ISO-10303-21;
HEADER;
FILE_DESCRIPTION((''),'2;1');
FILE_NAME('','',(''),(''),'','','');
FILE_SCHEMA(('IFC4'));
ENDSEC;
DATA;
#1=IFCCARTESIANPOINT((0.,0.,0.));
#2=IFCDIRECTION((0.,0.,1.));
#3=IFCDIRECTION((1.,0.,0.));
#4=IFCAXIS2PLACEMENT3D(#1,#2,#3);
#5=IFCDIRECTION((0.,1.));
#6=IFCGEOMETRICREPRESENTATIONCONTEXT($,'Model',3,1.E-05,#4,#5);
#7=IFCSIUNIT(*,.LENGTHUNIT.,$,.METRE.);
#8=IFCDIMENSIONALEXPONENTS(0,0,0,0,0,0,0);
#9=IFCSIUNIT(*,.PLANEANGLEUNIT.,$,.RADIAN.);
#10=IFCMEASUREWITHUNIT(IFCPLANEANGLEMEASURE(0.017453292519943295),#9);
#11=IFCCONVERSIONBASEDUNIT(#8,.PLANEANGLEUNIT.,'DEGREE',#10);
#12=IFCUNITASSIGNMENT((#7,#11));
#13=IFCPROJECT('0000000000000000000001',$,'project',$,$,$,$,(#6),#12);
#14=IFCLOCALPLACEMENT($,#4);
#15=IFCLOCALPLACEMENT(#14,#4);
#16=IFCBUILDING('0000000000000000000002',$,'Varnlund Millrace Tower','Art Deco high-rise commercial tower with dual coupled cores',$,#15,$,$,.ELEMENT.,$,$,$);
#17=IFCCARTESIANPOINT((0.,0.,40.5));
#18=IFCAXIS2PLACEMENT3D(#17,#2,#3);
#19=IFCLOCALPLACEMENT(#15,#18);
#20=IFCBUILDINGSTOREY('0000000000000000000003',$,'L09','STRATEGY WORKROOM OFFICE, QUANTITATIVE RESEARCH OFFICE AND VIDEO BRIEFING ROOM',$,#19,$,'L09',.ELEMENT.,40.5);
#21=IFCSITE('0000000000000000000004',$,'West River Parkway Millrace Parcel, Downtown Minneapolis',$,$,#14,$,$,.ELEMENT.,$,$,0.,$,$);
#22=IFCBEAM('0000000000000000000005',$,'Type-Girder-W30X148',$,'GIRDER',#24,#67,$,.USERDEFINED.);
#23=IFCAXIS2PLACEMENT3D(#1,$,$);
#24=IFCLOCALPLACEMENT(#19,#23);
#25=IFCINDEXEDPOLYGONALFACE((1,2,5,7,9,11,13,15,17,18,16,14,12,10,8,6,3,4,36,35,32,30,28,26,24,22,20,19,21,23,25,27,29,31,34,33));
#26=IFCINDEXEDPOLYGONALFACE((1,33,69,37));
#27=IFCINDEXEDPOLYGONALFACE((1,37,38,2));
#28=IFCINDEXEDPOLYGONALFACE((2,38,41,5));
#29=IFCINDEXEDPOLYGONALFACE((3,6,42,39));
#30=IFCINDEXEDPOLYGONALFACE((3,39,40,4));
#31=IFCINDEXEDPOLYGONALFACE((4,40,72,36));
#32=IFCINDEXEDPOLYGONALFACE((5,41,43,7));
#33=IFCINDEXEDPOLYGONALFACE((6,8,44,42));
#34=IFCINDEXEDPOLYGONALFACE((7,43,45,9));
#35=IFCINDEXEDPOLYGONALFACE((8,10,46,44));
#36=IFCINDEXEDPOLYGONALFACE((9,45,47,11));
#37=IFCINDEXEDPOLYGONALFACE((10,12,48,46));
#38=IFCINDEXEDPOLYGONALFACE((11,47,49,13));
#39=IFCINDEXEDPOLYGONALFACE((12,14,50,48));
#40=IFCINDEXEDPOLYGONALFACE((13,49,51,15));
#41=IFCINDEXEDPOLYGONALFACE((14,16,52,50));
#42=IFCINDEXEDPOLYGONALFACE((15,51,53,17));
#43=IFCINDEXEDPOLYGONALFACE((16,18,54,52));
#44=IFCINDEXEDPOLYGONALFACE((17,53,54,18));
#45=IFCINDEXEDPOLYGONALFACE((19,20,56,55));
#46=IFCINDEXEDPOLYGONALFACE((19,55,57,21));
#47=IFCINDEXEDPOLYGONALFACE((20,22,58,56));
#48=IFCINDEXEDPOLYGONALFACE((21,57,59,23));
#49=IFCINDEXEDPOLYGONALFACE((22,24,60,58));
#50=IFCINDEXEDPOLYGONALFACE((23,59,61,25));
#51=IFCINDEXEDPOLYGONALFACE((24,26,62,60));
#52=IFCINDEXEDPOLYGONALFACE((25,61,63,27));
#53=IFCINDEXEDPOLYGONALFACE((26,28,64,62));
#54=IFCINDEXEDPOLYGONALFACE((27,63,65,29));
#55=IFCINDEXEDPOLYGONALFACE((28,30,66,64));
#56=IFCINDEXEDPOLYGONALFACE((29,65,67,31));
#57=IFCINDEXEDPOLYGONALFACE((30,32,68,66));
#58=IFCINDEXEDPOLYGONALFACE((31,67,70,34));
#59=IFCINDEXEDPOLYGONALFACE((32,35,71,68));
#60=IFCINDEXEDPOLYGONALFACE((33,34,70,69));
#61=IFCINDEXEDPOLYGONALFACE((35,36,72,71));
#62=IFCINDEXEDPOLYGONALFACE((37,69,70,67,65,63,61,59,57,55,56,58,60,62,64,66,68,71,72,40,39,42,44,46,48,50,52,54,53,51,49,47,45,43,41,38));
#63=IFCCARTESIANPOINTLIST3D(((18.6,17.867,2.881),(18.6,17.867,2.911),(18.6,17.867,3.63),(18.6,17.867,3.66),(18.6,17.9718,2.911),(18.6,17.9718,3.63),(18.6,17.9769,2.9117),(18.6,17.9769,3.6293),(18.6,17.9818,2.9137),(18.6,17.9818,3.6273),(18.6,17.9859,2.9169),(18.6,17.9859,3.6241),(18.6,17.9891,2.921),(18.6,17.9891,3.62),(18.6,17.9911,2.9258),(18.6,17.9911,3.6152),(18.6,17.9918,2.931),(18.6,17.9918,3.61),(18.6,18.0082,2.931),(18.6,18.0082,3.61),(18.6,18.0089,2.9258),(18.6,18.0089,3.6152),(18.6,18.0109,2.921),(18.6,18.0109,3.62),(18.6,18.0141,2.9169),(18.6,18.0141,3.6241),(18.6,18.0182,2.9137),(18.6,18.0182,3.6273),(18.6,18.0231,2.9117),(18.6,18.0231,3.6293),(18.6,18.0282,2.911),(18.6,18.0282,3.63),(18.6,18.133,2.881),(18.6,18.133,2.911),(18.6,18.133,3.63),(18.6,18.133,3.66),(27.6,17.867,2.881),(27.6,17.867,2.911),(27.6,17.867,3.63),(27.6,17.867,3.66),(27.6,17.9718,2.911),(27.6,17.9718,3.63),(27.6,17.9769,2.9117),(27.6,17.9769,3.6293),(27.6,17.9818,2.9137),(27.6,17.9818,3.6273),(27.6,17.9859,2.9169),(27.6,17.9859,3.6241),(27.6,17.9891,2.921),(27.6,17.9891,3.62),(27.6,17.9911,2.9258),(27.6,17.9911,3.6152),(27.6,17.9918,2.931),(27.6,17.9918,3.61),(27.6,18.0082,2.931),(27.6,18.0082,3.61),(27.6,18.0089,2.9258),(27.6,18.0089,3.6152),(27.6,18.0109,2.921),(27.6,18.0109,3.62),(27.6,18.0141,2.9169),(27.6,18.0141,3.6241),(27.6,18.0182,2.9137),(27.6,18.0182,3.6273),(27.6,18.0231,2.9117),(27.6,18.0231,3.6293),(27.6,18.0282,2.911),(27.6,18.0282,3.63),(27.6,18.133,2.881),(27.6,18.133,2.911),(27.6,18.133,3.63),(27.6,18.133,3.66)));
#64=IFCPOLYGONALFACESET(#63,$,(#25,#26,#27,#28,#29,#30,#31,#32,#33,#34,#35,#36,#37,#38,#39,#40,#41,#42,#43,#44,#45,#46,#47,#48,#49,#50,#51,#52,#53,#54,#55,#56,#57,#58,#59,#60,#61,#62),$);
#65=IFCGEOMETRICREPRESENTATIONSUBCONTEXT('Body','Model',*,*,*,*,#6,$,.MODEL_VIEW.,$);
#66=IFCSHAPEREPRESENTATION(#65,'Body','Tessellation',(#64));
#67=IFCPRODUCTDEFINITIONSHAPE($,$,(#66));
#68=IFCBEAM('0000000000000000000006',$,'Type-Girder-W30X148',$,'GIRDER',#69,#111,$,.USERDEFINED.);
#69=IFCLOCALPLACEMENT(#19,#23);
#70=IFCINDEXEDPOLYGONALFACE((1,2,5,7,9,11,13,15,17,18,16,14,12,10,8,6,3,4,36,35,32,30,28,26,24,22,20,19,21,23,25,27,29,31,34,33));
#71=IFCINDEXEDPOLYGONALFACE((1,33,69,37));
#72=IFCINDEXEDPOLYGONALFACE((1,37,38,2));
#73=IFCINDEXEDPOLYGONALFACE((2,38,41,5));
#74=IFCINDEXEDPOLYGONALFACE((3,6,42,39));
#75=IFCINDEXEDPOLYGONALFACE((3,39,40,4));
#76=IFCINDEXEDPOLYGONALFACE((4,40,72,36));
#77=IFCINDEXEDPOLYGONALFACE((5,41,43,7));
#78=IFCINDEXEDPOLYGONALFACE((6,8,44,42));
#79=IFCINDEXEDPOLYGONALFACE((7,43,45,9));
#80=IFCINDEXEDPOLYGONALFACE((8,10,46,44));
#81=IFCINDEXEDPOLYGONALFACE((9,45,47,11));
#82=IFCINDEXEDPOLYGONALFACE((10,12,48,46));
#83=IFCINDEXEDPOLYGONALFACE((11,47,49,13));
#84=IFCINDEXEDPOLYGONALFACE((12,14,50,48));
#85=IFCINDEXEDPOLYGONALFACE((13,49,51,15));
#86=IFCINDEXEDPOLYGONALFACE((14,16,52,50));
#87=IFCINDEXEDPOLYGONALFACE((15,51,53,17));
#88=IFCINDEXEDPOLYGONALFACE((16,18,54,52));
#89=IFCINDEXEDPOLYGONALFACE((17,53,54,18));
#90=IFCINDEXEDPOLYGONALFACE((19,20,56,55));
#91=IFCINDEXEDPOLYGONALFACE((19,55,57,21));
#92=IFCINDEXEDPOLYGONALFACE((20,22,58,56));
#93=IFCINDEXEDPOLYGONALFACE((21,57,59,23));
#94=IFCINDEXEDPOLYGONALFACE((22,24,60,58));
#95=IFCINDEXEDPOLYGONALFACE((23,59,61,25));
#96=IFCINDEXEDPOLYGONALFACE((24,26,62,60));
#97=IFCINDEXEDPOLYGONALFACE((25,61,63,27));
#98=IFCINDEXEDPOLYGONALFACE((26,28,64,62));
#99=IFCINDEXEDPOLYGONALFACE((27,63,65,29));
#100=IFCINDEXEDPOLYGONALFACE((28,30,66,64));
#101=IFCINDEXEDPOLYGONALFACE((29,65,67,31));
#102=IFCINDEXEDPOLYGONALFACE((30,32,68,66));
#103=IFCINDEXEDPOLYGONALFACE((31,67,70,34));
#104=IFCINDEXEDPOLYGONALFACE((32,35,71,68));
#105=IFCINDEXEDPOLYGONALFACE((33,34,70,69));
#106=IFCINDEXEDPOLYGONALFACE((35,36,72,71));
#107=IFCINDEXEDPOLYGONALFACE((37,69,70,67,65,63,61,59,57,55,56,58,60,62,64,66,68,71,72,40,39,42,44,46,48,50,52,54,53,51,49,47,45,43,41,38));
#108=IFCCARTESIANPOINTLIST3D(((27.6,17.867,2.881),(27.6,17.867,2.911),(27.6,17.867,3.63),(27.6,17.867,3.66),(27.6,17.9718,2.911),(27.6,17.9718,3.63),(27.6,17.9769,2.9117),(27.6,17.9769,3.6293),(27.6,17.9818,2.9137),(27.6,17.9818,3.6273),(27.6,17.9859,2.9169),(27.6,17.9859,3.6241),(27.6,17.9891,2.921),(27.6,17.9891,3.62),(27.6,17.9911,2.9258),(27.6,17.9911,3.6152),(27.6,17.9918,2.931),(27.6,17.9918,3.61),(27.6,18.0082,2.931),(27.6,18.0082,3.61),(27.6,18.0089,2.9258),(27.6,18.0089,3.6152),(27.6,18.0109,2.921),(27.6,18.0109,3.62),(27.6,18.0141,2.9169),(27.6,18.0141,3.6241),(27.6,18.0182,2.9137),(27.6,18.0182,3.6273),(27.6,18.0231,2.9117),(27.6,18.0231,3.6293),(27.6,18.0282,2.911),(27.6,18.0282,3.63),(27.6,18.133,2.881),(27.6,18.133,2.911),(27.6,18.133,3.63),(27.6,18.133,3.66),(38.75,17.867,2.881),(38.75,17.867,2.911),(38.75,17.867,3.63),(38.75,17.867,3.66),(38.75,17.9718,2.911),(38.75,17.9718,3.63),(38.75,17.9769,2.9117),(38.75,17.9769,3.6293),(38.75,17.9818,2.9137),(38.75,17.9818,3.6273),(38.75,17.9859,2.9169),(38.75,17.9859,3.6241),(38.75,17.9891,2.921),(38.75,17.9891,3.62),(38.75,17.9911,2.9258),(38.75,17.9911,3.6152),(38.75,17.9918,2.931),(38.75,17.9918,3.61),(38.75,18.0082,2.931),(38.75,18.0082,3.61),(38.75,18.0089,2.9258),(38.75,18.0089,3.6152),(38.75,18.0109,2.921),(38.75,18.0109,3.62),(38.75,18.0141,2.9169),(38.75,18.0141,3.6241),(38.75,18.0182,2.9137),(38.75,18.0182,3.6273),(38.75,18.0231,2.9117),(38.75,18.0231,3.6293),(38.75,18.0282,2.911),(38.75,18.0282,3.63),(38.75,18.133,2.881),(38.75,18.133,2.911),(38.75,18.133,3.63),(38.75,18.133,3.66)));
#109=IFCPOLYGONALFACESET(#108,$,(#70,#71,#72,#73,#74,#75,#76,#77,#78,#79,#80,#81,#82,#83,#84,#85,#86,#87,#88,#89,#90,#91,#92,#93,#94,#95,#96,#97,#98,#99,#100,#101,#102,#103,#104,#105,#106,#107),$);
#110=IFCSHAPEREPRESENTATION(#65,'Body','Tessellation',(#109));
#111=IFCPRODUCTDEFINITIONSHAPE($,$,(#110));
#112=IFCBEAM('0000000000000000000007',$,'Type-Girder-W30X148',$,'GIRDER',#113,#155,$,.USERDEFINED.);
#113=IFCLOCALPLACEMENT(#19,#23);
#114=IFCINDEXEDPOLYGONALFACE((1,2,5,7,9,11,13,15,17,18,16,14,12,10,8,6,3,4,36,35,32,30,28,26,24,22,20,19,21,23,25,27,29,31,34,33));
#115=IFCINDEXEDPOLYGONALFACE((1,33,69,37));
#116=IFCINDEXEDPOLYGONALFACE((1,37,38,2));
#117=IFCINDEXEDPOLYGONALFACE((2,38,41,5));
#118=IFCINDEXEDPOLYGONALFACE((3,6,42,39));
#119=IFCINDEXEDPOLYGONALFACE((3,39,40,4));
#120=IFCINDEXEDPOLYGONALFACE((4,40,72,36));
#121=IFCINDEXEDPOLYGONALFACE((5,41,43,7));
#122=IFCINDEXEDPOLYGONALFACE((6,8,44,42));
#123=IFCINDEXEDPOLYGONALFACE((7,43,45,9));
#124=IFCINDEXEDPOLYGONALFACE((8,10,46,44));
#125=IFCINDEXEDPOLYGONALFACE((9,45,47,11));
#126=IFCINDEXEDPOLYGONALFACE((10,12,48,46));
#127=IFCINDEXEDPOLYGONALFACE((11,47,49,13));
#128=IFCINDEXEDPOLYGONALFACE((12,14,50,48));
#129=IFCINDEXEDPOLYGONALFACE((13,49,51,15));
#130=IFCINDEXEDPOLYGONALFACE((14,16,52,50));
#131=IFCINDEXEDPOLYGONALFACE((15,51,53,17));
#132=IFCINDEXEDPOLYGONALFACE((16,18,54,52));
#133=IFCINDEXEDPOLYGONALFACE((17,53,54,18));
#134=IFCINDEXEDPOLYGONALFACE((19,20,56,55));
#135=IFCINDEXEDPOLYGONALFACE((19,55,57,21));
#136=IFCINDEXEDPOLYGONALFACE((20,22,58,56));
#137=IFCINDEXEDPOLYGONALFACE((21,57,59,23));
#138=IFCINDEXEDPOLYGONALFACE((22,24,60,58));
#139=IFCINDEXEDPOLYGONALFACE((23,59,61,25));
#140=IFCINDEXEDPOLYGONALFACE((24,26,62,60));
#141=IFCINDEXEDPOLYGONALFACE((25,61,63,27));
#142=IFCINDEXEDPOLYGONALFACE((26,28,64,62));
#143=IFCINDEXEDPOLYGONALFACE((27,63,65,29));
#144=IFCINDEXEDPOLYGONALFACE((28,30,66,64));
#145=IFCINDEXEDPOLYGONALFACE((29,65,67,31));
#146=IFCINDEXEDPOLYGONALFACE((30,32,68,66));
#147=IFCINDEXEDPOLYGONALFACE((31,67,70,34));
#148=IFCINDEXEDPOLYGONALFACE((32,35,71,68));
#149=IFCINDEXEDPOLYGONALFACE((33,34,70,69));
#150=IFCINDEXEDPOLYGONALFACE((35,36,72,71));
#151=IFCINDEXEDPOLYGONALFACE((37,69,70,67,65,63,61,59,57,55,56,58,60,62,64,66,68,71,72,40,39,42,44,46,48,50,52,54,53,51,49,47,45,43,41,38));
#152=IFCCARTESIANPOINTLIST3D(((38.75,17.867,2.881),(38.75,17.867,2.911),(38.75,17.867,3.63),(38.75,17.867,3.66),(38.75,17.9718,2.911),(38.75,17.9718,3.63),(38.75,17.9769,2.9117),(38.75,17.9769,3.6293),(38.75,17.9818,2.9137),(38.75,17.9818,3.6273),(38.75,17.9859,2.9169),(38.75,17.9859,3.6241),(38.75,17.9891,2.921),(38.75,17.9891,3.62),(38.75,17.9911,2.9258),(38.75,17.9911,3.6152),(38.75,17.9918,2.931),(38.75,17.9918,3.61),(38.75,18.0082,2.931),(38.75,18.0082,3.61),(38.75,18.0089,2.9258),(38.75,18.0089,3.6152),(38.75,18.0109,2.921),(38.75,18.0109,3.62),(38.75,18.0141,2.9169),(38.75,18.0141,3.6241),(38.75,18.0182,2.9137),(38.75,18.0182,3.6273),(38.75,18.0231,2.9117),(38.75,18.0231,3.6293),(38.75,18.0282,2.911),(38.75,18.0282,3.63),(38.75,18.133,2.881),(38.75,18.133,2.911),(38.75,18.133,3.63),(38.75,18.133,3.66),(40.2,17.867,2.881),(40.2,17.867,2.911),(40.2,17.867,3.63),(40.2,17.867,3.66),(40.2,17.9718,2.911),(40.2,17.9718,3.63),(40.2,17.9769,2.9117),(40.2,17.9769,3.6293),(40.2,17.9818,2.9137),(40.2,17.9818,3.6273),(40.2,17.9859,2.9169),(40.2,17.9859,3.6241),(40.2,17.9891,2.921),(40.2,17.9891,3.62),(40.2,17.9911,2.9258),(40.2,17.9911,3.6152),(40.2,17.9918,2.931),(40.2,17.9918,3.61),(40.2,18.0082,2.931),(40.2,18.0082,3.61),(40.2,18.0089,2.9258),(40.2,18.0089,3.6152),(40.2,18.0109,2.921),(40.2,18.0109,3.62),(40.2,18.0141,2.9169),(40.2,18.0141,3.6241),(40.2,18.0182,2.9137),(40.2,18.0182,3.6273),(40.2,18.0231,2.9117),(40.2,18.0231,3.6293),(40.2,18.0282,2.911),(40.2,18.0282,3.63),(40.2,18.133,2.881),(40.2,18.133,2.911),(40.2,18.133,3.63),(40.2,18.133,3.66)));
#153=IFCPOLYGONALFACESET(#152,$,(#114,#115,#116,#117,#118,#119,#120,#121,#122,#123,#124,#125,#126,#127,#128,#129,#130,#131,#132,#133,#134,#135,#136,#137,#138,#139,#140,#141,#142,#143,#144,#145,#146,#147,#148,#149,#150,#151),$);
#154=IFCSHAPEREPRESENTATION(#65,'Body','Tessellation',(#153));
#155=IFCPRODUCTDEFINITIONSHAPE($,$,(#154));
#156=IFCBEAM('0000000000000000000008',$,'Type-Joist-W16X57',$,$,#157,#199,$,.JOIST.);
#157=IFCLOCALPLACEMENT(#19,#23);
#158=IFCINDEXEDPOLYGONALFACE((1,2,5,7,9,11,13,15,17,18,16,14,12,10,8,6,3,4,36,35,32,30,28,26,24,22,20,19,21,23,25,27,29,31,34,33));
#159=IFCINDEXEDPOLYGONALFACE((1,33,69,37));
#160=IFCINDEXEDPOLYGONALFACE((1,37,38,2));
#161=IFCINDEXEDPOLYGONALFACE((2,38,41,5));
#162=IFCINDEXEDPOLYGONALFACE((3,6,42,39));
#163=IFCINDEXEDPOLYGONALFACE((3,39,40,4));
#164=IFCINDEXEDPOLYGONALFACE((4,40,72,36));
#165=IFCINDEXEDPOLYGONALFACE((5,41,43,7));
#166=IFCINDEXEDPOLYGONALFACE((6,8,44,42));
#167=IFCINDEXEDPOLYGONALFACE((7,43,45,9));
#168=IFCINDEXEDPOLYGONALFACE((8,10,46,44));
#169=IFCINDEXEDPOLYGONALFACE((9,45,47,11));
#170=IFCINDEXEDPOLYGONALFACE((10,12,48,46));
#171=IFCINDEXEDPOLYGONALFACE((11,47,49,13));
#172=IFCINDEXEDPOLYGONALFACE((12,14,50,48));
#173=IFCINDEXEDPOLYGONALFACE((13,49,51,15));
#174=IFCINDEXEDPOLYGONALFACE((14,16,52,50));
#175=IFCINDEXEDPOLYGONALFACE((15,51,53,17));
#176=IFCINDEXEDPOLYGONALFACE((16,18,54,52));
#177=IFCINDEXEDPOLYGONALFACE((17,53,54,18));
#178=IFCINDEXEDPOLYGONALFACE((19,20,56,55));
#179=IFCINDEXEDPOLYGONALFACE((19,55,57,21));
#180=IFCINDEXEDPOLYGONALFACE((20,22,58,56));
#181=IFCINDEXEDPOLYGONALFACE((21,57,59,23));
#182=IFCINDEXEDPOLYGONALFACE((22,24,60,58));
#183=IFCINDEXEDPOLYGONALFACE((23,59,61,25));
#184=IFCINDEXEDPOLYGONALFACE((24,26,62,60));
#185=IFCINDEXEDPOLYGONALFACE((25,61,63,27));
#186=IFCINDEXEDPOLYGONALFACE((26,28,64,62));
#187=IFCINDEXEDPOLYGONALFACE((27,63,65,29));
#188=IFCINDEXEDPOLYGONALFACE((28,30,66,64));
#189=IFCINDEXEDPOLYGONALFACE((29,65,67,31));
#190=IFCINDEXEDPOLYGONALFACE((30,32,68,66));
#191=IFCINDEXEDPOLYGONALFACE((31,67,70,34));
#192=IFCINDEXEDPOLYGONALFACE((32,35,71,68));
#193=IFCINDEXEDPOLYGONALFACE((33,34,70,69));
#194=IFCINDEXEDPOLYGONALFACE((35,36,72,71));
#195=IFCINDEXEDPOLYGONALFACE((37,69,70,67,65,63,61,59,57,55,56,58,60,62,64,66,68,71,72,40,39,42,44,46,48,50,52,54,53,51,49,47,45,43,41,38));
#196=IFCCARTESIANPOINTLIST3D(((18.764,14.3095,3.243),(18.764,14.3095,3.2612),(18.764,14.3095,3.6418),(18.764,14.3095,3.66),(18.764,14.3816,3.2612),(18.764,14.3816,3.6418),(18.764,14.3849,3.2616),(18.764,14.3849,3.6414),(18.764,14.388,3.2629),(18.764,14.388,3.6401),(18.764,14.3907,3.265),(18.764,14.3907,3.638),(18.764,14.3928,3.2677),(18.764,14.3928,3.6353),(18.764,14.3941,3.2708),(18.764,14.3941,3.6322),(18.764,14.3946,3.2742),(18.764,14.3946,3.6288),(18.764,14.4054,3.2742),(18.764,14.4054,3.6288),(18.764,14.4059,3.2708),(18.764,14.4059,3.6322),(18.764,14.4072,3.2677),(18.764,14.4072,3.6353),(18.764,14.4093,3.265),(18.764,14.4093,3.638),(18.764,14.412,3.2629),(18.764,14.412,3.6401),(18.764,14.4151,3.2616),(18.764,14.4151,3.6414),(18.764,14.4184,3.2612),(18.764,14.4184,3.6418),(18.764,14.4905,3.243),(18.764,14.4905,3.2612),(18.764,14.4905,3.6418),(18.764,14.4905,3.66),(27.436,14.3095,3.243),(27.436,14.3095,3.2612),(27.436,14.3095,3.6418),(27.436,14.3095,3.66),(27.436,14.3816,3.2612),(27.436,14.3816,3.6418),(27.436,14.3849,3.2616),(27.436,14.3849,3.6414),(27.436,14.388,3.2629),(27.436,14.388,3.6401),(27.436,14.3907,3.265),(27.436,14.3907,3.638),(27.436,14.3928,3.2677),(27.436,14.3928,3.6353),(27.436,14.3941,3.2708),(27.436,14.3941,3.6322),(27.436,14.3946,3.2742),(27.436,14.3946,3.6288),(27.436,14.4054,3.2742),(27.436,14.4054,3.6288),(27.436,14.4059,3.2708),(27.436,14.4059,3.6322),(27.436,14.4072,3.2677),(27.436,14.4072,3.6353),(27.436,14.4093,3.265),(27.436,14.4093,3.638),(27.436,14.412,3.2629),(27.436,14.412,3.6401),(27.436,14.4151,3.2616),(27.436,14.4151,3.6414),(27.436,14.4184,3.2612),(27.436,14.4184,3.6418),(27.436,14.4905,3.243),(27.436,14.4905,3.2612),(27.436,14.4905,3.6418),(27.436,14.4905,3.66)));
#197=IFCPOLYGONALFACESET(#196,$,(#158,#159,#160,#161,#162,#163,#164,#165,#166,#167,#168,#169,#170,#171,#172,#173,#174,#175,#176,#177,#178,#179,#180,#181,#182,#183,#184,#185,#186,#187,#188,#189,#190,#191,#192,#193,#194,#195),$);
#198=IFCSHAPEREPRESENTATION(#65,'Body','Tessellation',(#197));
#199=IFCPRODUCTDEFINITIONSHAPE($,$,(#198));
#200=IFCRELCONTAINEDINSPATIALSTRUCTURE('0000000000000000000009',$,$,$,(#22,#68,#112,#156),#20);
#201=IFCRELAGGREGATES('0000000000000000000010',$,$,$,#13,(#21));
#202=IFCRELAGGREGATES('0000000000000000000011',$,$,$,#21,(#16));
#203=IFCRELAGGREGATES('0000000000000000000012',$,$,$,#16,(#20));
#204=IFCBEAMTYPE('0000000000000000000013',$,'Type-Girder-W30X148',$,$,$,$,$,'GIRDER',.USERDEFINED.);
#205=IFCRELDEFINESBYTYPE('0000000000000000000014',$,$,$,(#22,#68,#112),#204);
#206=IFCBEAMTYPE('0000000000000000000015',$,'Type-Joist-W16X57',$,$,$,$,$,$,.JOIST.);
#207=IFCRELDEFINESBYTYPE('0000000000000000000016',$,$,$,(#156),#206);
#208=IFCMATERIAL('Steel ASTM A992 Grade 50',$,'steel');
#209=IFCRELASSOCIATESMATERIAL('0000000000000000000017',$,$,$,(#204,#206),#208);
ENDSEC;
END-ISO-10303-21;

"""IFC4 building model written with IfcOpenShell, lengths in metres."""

from ifc_helpers import new_model, entity, si_unit, converted_unit, direction, frame, origin_with_axes, origin_2d_with_axis, place, context, subcontext, project, spatial, i_section, extrude, material, material_profile, profile_set, type_object, element, save


model = new_model("IFC4")

# Units and contexts
model_context = context("Model", 3, precision=1e-05, world=origin_with_axes(), true_north=direction((0.0, 1.0)))
body_context = subcontext(model_context, "Body", "Model", "MODEL_VIEW")
ifc_project = project(units=[si_unit("LENGTHUNIT", "METRE"), converted_unit("PLANEANGLEUNIT", "DEGREE", entity("IfcPlaneAngleMeasure", 0.017453292519943295), si_unit("PLANEANGLEUNIT", "RADIAN"), dimensions=[0, 0, 0, 0, 0, 0, 0])], contexts=[model_context])

# Site, building, storey
site_placement = place(None, origin_with_axes())
site = spatial("IfcSite", under=ifc_project, at=site_placement, Name="West River Parkway Millrace Parcel, Downtown Minneapolis", CompositionType="ELEMENT", RefElevation=0.0)
building_placement = place(site_placement, origin_with_axes())
building = spatial("IfcBuilding", under=site, at=building_placement, Name="Varnlund Millrace Tower", Description="Art Deco high-rise commercial tower with dual coupled cores", CompositionType="ELEMENT")
storey_placement = place(building_placement, frame((0.0, 0.0, 40.5), z_axis=(0.0, 0.0, 1.0), x_axis=(1.0, 0.0, 0.0)))
storey = spatial("IfcBuildingStorey", under=building, at=storey_placement, Name="L09", Description="STRATEGY WORKROOM OFFICE, QUANTITATIVE RESEARCH OFFICE AND VIDEO BRIEFING ROOM", LongName="L09", CompositionType="ELEMENT", Elevation=40.5)

# Beams
ifc_material_1 = material(Name="Steel ASTM A992 Grade 50", Category="steel")
ifc_material_profile_1 = material_profile(ifc_material_1, i_section(OverallWidth=0.266, OverallDepth=0.779, WebThickness=0.0165, FlangeThickness=0.03, FilletRadius=0.02, at=origin_2d_with_axis()), Name="Steel ASTM A992 Grade 50")
ifc_profile_set_1 = profile_set([ifc_material_profile_1], Name="Steel ASTM A992 Grade 50")
beam_type_1 = type_object("IfcBeamType", Name="Type-Girder-W30X148", ElementType="GIRDER", PredefinedType="USERDEFINED", material=ifc_profile_set_1)
beam_1_placement = place(storey_placement, frame((18.6, 18.0, 3.2705), z_axis=(1.0, 0.0, 0.0), x_axis=(0.0, 1.0, 0.0)))
element("IfcBeam", 1, at=beam_1_placement, inside=storey, type_object=beam_type_1, Name="Type-Girder-W30X148", ObjectType="GIRDER", PredefinedType="USERDEFINED", context=body_context, shape_type="SweptSolid", body=[
    extrude(i_section(OverallWidth=0.266, OverallDepth=0.779, WebThickness=0.0165, FlangeThickness=0.03, FilletRadius=0.02, at=origin_2d_with_axis()), origin_with_axes(), (0.0, 0.0, 1.0), 9.0),
])
beam_2_placement = place(storey_placement, frame((27.6, 18.0, 3.2705), z_axis=(1.0, 0.0, 0.0), x_axis=(0.0, 1.0, 0.0)))
element("IfcBeam", 2, at=beam_2_placement, inside=storey, type_object=beam_type_1, Name="Type-Girder-W30X148", ObjectType="GIRDER", PredefinedType="USERDEFINED", context=body_context, shape_type="SweptSolid", body=[
    extrude(i_section(OverallWidth=0.266, OverallDepth=0.779, WebThickness=0.0165, FlangeThickness=0.03, FilletRadius=0.02, at=origin_2d_with_axis()), origin_with_axes(), (0.0, 0.0, 1.0), 11.15),
])
beam_3_placement = place(storey_placement, frame((38.75, 18.0, 3.2705), z_axis=(1.0, 0.0, 0.0), x_axis=(0.0, 1.0, 0.0)))
element("IfcBeam", 3, at=beam_3_placement, inside=storey, type_object=beam_type_1, Name="Type-Girder-W30X148", ObjectType="GIRDER", PredefinedType="USERDEFINED", context=body_context, shape_type="SweptSolid", body=[
    extrude(i_section(OverallWidth=0.266, OverallDepth=0.779, WebThickness=0.0165, FlangeThickness=0.03, FilletRadius=0.02, at=origin_2d_with_axis()), origin_with_axes(), (0.0, 0.0, 1.0), 1.45),
])
ifc_material_profile_2 = material_profile(ifc_material_1, i_section(OverallWidth=0.181, OverallDepth=0.417, WebThickness=0.0109, FlangeThickness=0.0182, FilletRadius=0.013, at=origin_2d_with_axis()), Name="Steel ASTM A992 Grade 50")
ifc_profile_set_2 = profile_set([ifc_material_profile_2], Name="Steel ASTM A992 Grade 50")
beam_type_2 = type_object("IfcBeamType", Name="Type-Joist-W16X57", PredefinedType="JOIST", material=ifc_profile_set_2)
beam_4_placement = place(storey_placement, frame((18.764, 14.4, 3.4515), z_axis=(1.0, 0.0, 0.0), x_axis=(0.0, 1.0, 0.0)))
element("IfcBeam", 4, at=beam_4_placement, inside=storey, type_object=beam_type_2, Name="Type-Joist-W16X57", PredefinedType="JOIST", context=body_context, shape_type="SweptSolid", body=[
    extrude(i_section(OverallWidth=0.181, OverallDepth=0.417, WebThickness=0.0109, FlangeThickness=0.0182, FilletRadius=0.013, at=origin_2d_with_axis()), origin_with_axes(), (0.0, 0.0, 1.0), 8.672),
])

save(model, "model.ifc")
